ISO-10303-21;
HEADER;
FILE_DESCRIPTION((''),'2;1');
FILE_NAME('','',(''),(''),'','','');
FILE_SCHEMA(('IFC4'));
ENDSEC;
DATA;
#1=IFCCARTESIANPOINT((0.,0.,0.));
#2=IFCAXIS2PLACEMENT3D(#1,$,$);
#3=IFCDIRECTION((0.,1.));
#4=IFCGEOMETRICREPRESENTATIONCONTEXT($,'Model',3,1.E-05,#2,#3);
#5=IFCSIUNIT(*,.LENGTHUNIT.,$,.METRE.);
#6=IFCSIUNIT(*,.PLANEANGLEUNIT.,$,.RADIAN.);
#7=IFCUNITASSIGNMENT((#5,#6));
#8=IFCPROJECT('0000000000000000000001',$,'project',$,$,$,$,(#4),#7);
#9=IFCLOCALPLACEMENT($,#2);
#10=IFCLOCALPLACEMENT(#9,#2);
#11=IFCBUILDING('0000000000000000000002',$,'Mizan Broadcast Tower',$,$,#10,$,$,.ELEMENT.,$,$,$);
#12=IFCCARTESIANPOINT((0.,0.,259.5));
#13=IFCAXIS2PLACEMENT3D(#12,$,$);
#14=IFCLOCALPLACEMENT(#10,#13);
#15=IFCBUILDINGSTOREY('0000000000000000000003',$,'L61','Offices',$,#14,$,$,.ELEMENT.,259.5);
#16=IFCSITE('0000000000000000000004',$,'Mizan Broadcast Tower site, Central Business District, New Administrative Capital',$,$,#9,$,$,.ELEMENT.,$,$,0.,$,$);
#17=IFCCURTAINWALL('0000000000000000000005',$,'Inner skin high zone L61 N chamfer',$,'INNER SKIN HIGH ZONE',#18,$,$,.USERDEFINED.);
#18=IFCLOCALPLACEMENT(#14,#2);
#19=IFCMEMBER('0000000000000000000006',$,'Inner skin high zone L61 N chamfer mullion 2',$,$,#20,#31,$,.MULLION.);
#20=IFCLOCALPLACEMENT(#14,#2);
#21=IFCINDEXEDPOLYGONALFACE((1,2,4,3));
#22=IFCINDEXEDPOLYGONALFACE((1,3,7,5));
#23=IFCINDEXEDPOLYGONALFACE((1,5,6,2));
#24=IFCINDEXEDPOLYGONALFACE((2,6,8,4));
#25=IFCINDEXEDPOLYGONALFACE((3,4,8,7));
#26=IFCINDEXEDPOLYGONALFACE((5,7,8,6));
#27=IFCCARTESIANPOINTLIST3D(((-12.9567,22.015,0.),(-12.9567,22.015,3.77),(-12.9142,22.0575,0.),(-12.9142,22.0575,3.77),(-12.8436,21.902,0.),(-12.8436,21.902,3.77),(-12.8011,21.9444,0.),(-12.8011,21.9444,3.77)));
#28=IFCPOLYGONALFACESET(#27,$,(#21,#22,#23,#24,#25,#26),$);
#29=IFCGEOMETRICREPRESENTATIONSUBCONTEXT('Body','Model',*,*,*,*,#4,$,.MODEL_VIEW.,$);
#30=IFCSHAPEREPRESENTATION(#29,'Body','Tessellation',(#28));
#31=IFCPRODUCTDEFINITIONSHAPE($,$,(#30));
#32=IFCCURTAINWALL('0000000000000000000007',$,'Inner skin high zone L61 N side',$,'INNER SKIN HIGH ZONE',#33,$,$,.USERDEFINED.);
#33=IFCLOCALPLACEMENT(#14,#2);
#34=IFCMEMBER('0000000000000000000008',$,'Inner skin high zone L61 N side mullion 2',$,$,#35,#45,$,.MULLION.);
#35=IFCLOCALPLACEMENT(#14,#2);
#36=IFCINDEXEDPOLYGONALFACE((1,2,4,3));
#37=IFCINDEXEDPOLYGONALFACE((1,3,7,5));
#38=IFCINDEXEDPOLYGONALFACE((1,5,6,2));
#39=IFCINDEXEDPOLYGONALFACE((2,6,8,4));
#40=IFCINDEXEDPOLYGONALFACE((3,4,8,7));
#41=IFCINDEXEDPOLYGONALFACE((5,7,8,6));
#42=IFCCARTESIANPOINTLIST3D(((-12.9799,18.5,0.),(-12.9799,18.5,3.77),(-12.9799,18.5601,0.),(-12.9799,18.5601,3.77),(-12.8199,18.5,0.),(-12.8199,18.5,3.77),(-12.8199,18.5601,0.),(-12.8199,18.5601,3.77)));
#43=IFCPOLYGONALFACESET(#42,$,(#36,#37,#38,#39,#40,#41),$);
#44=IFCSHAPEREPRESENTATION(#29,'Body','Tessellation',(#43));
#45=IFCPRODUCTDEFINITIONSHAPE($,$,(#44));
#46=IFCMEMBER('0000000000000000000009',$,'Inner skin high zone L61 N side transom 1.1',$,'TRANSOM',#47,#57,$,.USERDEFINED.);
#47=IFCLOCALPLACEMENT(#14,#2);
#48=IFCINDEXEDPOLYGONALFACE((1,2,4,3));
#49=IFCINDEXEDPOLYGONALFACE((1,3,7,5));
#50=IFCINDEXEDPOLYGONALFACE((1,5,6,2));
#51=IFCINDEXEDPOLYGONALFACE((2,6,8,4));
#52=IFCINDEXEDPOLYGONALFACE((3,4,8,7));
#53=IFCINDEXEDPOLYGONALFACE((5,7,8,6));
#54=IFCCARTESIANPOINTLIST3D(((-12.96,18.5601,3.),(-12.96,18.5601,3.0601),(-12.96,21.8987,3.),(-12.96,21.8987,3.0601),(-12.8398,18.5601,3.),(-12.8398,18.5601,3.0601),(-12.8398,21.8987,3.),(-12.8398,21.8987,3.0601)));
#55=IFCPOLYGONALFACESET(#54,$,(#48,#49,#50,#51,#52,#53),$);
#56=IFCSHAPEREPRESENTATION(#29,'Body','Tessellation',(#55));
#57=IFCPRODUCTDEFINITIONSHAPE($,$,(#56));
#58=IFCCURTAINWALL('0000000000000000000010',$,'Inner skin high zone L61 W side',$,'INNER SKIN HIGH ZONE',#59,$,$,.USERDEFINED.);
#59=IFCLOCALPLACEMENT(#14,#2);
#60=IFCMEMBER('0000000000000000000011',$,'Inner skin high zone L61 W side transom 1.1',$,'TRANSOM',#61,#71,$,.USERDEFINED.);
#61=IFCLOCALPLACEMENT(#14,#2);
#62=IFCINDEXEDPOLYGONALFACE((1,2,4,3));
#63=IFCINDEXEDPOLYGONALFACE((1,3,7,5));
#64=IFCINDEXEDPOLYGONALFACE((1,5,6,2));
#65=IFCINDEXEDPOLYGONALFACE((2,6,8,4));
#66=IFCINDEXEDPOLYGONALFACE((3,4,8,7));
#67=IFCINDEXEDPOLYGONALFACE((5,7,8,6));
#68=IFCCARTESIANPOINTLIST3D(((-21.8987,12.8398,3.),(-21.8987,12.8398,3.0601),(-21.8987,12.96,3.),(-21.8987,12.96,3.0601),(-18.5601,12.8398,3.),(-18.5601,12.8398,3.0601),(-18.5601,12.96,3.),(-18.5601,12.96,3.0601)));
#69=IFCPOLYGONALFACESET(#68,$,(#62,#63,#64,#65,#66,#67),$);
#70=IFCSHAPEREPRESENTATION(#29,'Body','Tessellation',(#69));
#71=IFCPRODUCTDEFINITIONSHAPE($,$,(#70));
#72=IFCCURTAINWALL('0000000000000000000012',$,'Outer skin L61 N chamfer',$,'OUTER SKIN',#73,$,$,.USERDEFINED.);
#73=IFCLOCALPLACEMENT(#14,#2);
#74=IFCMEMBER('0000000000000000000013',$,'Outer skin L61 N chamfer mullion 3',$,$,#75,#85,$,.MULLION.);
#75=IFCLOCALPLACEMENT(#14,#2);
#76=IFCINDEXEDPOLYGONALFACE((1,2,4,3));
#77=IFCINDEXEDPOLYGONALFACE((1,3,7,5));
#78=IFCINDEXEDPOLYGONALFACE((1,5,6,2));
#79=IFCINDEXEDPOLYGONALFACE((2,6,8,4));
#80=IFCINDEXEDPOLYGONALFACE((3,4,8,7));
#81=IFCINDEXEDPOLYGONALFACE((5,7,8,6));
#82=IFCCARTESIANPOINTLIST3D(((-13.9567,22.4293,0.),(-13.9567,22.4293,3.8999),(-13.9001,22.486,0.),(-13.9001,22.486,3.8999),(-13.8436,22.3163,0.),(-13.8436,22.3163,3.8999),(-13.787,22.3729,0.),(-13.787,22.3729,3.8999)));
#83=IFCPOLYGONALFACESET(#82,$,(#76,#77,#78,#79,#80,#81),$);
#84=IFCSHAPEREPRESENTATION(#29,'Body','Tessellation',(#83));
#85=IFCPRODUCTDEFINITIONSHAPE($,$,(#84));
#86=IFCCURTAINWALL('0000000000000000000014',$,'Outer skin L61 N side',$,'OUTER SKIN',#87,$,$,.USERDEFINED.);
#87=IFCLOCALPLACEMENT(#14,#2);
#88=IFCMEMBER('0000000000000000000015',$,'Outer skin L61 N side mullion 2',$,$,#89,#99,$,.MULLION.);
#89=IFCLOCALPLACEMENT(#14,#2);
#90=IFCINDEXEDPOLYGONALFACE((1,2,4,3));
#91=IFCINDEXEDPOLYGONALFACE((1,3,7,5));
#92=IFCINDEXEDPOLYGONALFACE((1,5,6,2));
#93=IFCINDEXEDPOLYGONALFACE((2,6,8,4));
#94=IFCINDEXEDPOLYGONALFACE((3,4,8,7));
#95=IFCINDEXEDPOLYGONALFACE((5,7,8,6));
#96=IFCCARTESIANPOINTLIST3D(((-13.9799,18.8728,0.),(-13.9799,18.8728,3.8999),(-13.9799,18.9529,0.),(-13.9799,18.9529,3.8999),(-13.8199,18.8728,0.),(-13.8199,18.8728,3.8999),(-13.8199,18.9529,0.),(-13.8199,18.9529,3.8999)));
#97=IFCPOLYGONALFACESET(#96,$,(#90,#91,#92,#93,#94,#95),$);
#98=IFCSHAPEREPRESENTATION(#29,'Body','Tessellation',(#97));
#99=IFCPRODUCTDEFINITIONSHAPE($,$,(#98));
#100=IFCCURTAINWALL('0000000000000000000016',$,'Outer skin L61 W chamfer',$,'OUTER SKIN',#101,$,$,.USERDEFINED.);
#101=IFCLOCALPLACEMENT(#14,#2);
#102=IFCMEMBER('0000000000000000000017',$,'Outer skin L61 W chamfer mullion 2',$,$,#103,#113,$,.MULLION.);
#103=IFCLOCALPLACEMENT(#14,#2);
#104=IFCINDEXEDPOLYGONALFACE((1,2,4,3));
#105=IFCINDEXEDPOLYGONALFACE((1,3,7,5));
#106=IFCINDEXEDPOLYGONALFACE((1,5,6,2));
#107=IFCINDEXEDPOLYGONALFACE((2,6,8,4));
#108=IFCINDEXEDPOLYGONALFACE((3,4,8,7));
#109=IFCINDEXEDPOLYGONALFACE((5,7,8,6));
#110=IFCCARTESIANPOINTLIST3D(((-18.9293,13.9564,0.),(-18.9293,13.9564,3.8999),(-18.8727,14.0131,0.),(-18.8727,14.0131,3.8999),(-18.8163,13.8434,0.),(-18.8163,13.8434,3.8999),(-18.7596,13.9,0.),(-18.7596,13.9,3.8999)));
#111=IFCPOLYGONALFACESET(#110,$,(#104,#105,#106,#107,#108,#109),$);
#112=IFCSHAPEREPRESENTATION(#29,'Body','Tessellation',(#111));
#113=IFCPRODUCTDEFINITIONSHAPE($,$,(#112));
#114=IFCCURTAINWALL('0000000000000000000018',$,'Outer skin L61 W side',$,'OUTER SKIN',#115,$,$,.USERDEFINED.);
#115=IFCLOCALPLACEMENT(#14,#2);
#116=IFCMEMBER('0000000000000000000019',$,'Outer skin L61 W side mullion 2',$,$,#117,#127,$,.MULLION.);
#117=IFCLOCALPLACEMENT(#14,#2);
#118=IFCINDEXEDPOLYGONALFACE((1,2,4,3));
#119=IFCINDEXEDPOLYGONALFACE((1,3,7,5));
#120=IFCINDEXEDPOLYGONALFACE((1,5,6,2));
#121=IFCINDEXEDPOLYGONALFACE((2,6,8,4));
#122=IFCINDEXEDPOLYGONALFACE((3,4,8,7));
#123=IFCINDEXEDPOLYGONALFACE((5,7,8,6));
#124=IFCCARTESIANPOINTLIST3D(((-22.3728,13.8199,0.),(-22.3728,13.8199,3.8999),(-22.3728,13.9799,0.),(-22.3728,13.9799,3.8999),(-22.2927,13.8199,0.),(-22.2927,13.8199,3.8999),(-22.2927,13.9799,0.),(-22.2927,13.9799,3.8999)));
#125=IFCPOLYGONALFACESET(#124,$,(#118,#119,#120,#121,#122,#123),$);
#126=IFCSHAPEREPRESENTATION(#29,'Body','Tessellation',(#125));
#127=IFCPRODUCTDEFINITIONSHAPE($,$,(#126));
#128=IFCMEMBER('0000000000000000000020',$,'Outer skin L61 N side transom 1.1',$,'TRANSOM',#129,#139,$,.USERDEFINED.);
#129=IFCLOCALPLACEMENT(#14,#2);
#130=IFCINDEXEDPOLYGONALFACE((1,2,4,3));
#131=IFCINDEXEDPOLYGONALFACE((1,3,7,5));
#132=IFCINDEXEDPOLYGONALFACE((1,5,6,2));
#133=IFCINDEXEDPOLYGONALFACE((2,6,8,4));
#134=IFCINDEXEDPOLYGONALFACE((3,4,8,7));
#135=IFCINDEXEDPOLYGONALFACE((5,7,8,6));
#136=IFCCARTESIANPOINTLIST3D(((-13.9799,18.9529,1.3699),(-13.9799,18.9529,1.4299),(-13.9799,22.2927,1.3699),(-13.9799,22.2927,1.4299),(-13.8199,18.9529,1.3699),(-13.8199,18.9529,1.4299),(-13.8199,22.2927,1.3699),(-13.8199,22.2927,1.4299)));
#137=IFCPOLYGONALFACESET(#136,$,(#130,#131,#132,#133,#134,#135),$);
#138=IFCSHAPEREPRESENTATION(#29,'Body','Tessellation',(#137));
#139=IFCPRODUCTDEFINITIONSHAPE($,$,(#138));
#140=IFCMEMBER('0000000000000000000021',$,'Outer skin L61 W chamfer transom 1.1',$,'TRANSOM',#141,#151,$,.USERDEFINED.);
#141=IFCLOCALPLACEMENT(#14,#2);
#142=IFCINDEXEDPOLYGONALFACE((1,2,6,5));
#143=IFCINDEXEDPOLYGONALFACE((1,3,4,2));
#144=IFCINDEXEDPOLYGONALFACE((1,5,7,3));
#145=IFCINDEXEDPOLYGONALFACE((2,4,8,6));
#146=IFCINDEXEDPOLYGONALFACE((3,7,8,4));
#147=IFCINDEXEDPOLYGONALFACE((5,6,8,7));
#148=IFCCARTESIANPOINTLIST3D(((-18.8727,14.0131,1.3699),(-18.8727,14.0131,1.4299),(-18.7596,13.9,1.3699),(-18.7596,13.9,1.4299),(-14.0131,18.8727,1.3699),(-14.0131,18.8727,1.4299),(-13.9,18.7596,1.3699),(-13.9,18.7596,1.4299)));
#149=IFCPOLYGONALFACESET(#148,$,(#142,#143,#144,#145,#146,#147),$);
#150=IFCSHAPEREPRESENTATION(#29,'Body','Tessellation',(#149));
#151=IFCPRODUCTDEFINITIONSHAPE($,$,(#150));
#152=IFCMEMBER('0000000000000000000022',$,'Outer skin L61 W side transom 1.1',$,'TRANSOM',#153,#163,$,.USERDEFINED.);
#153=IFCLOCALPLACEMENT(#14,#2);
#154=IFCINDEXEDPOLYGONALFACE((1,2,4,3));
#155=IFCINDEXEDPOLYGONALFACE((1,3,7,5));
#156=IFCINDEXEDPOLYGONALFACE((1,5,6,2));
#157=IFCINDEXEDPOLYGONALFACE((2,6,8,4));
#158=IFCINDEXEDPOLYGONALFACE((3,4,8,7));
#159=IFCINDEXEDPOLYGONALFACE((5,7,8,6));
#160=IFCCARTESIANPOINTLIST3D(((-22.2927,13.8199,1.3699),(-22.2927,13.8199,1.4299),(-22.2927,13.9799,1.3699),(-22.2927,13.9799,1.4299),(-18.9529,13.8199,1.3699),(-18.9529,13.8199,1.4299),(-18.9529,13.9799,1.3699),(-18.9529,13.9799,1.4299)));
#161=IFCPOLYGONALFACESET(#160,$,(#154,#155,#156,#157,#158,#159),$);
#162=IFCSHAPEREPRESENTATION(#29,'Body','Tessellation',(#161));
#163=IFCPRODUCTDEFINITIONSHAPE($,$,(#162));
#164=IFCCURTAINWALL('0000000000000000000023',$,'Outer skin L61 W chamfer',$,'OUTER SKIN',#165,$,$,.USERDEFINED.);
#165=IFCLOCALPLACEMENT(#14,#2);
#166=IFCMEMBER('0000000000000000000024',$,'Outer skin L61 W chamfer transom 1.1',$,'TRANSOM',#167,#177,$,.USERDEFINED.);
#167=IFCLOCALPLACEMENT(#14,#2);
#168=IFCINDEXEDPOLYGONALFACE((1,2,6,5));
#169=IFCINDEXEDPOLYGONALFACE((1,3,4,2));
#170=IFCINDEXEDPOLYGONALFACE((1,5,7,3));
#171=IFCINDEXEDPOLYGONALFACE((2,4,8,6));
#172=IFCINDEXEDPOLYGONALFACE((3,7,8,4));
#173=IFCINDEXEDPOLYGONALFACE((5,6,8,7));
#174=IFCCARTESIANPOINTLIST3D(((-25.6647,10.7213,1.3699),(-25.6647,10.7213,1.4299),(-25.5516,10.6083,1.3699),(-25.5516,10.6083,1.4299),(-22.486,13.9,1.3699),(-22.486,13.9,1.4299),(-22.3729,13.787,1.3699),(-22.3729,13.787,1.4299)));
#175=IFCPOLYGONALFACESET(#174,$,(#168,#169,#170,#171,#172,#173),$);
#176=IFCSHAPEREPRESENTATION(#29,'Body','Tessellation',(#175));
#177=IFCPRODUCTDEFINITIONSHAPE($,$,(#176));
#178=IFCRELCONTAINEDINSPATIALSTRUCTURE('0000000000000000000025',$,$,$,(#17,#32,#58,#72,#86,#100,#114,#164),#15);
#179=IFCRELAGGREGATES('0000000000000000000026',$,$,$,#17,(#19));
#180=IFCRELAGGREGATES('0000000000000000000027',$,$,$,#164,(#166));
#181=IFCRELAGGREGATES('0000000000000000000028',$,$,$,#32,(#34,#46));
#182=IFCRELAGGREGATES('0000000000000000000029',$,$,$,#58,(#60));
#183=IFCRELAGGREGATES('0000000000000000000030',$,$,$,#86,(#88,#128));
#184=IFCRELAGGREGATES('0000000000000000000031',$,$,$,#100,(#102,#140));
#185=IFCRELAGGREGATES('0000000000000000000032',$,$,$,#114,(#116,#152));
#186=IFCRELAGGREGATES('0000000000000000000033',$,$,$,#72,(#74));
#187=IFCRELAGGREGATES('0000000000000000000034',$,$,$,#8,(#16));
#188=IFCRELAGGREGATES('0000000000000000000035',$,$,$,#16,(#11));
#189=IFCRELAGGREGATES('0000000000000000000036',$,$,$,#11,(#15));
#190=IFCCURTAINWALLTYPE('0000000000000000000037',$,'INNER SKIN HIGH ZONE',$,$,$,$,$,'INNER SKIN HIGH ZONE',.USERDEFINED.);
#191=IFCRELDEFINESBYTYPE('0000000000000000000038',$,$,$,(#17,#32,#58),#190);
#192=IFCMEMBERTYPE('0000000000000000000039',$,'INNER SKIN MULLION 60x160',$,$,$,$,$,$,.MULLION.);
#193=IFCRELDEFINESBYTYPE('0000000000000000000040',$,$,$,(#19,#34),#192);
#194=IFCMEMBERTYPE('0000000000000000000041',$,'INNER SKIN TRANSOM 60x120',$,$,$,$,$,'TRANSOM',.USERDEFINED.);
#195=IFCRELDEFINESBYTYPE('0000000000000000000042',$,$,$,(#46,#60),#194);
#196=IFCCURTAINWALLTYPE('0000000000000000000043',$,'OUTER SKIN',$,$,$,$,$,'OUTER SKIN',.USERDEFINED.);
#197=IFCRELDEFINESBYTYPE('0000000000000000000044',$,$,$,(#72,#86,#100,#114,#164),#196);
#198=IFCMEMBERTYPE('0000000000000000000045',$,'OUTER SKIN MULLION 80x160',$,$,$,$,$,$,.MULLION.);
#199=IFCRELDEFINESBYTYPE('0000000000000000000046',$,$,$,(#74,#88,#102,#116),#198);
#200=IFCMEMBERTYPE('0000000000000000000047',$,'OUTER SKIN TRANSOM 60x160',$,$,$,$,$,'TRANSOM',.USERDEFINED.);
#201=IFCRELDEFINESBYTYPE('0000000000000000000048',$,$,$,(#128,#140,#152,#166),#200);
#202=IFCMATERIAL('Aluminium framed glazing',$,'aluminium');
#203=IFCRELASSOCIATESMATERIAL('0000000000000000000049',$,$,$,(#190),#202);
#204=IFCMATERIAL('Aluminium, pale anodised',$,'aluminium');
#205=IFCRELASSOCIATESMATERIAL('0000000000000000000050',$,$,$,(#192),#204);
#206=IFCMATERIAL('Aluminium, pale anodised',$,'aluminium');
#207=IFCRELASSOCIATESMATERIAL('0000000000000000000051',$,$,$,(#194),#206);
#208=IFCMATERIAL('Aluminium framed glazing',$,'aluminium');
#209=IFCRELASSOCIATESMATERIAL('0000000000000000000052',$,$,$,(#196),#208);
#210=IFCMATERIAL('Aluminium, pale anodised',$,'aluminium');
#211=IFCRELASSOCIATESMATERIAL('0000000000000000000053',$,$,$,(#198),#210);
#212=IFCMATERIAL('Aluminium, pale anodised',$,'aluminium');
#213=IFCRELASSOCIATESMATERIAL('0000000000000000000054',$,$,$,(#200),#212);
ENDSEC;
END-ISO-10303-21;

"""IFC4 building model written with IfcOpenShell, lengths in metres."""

from ifc_helpers import new_model, si_unit, direction, frame, origin, origin_2d, place, context, subcontext, project, spatial, rectangle, extrude, material, material_profile, profile_set, type_object, element, aggregate, save


model = new_model("IFC4")

# Units and contexts
model_context = context("Model", 3, precision=1e-05, world=origin(), true_north=direction((0.0, 1.0)))
body_context = subcontext(model_context, "Body", "Model", "MODEL_VIEW")
ifc_project = project(units=[si_unit("LENGTHUNIT", "METRE"), si_unit("PLANEANGLEUNIT", "RADIAN")], contexts=[model_context])

# Site, building, storey
site_placement = place(None, origin())
site = spatial("IfcSite", under=ifc_project, at=site_placement, Name="Mizan Broadcast Tower site, Central Business District, New Administrative Capital", CompositionType="ELEMENT", RefElevation=0.0)
building_placement = place(site_placement, origin())
building = spatial("IfcBuilding", under=site, at=building_placement, Name="Mizan Broadcast Tower", CompositionType="ELEMENT")
storey_placement = place(building_placement, frame((0.0, 0.0, 259.5)))
storey = spatial("IfcBuildingStorey", under=building, at=storey_placement, Name="L61", Description="Offices", CompositionType="ELEMENT", Elevation=259.5)

# Curtain wall, member
ifc_material_1 = material(Name="Aluminium framed glazing", Category="aluminium")
curtain_wall_type_1 = type_object("IfcCurtainWallType", Name="INNER SKIN HIGH ZONE", ElementType="INNER SKIN HIGH ZONE", PredefinedType="USERDEFINED", material=ifc_material_1)
curtain_wall_1_placement = place(storey_placement, origin())
curtain_wall_1 = element("IfcCurtainWall", 1, at=curtain_wall_1_placement, inside=storey, type_object=curtain_wall_type_1, Name="Inner skin high zone L61 N chamfer", ObjectType="INNER SKIN HIGH ZONE", PredefinedType="USERDEFINED")
ifc_material_2 = material(Name="Aluminium, pale anodised", Category="aluminium")
ifc_material_profile_1 = material_profile(ifc_material_2, rectangle(XDim=0.1599, YDim=0.0601, at=origin_2d()), Name="MULLION 160x60")
ifc_profile_set_1 = profile_set([ifc_material_profile_1], Name="Aluminium, pale anodised")
member_type_1 = type_object("IfcMemberType", Name="INNER SKIN MULLION 60x160", PredefinedType="MULLION", material=ifc_profile_set_1)
member_1_placement = place(storey_placement, frame((-12.8789, 21.9797, 0.0), z_axis=(0.0, 0.0, 1.0), x_axis=(0.707107, -0.707107, 0.0)))
member_1 = element("IfcMember", 2, at=member_1_placement, type_object=member_type_1, Name="Inner skin high zone L61 N chamfer mullion 2", PredefinedType="MULLION", context=body_context, shape_type="SweptSolid", body=[
    extrude(rectangle(XDim=0.1599, YDim=0.0601, at=origin_2d()), origin(), (0.0, 0.0, 1.0), 3.77),
])
aggregate(curtain_wall_1, [member_1])

# Curtain wall, members
curtain_wall_2_placement = place(storey_placement, origin())
curtain_wall_2 = element("IfcCurtainWall", 3, at=curtain_wall_2_placement, inside=storey, type_object=curtain_wall_type_1, Name="Inner skin high zone L61 N side", ObjectType="INNER SKIN HIGH ZONE", PredefinedType="USERDEFINED")
member_2_placement = place(storey_placement, frame((-12.8999, 18.53, 0.0), z_axis=(0.0, 0.0, 1.0), x_axis=(1.0, 0.0, 0.0)))
member_2 = element("IfcMember", 4, at=member_2_placement, type_object=member_type_1, Name="Inner skin high zone L61 N side mullion 2", PredefinedType="MULLION", context=body_context, shape_type="SweptSolid", body=[
    extrude(rectangle(XDim=0.1599, YDim=0.0601, at=origin_2d()), origin(), (0.0, 0.0, 1.0), 3.77),
])
ifc_material_3 = material(Name="Aluminium, pale anodised", Category="aluminium")
ifc_material_profile_2 = material_profile(ifc_material_3, rectangle(XDim=0.1201, YDim=0.0601, at=origin_2d()), Name="TRANSOM 120x60")
ifc_profile_set_2 = profile_set([ifc_material_profile_2], Name="Aluminium, pale anodised")
member_type_2 = type_object("IfcMemberType", Name="INNER SKIN TRANSOM 60x120", ElementType="TRANSOM", PredefinedType="USERDEFINED", material=ifc_profile_set_2)
member_3_placement = place(storey_placement, frame((-12.8999, 21.8987, 3.03), z_axis=(0.0, -1.0, 0.0), x_axis=(1.0, 0.0, 0.0)))
member_3 = element("IfcMember", 5, at=member_3_placement, type_object=member_type_2, Name="Inner skin high zone L61 N side transom 1.1", ObjectType="TRANSOM", PredefinedType="USERDEFINED", context=body_context, shape_type="SweptSolid", body=[
    extrude(rectangle(XDim=0.1201, YDim=0.0601, at=origin_2d()), origin(), (0.0, 0.0, 1.0), 3.3386),
])

# Curtain walls, members
curtain_wall_3_placement = place(storey_placement, origin())
curtain_wall_3 = element("IfcCurtainWall", 6, at=curtain_wall_3_placement, inside=storey, type_object=curtain_wall_type_1, Name="Inner skin high zone L61 W side", ObjectType="INNER SKIN HIGH ZONE", PredefinedType="USERDEFINED")
member_4_placement = place(storey_placement, frame((-18.5601, 12.8999, 3.03), z_axis=(-1.0, 0.0, 0.0), x_axis=(0.0, -1.0, 0.0)))
member_4 = element("IfcMember", 7, at=member_4_placement, type_object=member_type_2, Name="Inner skin high zone L61 W side transom 1.1", ObjectType="TRANSOM", PredefinedType="USERDEFINED", context=body_context, shape_type="SweptSolid", body=[
    extrude(rectangle(XDim=0.1201, YDim=0.0601, at=origin_2d()), origin(), (0.0, 0.0, 1.0), 3.3386),
])
ifc_material_4 = material(Name="Aluminium framed glazing", Category="aluminium")
curtain_wall_type_2 = type_object("IfcCurtainWallType", Name="OUTER SKIN", ElementType="OUTER SKIN", PredefinedType="USERDEFINED", material=ifc_material_4)
curtain_wall_4_placement = place(storey_placement, origin())
curtain_wall_4 = element("IfcCurtainWall", 8, at=curtain_wall_4_placement, inside=storey, type_object=curtain_wall_type_2, Name="Outer skin L61 N chamfer", ObjectType="OUTER SKIN", PredefinedType="USERDEFINED")
ifc_material_5 = material(Name="Aluminium, pale anodised", Category="aluminium")
ifc_material_profile_3 = material_profile(ifc_material_5, rectangle(XDim=0.1599, YDim=0.0801, at=origin_2d()), Name="MULLION 160x80")
ifc_profile_set_3 = profile_set([ifc_material_profile_3], Name="Aluminium, pale anodised")
member_type_3 = type_object("IfcMemberType", Name="OUTER SKIN MULLION 80x160", PredefinedType="MULLION", material=ifc_profile_set_3)
member_5_placement = place(storey_placement, frame((-13.8718, 22.4011, 0.0), z_axis=(0.0, 0.0, 1.0), x_axis=(0.707107, -0.707107, 0.0)))
member_5 = element("IfcMember", 9, at=member_5_placement, type_object=member_type_3, Name="Outer skin L61 N chamfer mullion 3", PredefinedType="MULLION", context=body_context, shape_type="SweptSolid", body=[
    extrude(rectangle(XDim=0.1599, YDim=0.0801, at=origin_2d()), origin(), (0.0, 0.0, 1.0), 3.8999),
])
curtain_wall_5_placement = place(storey_placement, origin())
curtain_wall_5 = element("IfcCurtainWall", 10, at=curtain_wall_5_placement, inside=storey, type_object=curtain_wall_type_2, Name="Outer skin L61 N side", ObjectType="OUTER SKIN", PredefinedType="USERDEFINED")
member_6_placement = place(storey_placement, frame((-13.8999, 18.9128, 0.0), z_axis=(0.0, 0.0, 1.0), x_axis=(1.0, 0.0, 0.0)))
member_6 = element("IfcMember", 11, at=member_6_placement, type_object=member_type_3, Name="Outer skin L61 N side mullion 2", PredefinedType="MULLION", context=body_context, shape_type="SweptSolid", body=[
    extrude(rectangle(XDim=0.1599, YDim=0.0801, at=origin_2d()), origin(), (0.0, 0.0, 1.0), 3.8999),
])
curtain_wall_6_placement = place(storey_placement, origin())
curtain_wall_6 = element("IfcCurtainWall", 12, at=curtain_wall_6_placement, inside=storey, type_object=curtain_wall_type_2, Name="Outer skin L61 W chamfer", ObjectType="OUTER SKIN", PredefinedType="USERDEFINED")
member_7_placement = place(storey_placement, frame((-18.8445, 13.9282, 0.0), z_axis=(0.0, 0.0, 1.0), x_axis=(0.707107, -0.707107, 0.0)))
member_7 = element("IfcMember", 13, at=member_7_placement, type_object=member_type_3, Name="Outer skin L61 W chamfer mullion 2", PredefinedType="MULLION", context=body_context, shape_type="SweptSolid", body=[
    extrude(rectangle(XDim=0.1599, YDim=0.0801, at=origin_2d()), origin(), (0.0, 0.0, 1.0), 3.8999),
])
curtain_wall_7_placement = place(storey_placement, origin())
curtain_wall_7 = element("IfcCurtainWall", 14, at=curtain_wall_7_placement, inside=storey, type_object=curtain_wall_type_2, Name="Outer skin L61 W side", ObjectType="OUTER SKIN", PredefinedType="USERDEFINED")
member_8_placement = place(storey_placement, frame((-22.3328, 13.8999, 0.0), z_axis=(0.0, 0.0, 1.0), x_axis=(0.0, -1.0, 0.0)))
member_8 = element("IfcMember", 15, at=member_8_placement, type_object=member_type_3, Name="Outer skin L61 W side mullion 2", PredefinedType="MULLION", context=body_context, shape_type="SweptSolid", body=[
    extrude(rectangle(XDim=0.1599, YDim=0.0801, at=origin_2d()), origin(), (0.0, 0.0, 1.0), 3.8999),
])

# Members
ifc_material_6 = material(Name="Aluminium, pale anodised", Category="aluminium")
ifc_material_profile_4 = material_profile(ifc_material_6, rectangle(XDim=0.1599, YDim=0.0601, at=origin_2d()), Name="TRANSOM 160x60")
ifc_profile_set_4 = profile_set([ifc_material_profile_4], Name="Aluminium, pale anodised")
member_type_4 = type_object("IfcMemberType", Name="OUTER SKIN TRANSOM 60x160", ElementType="TRANSOM", PredefinedType="USERDEFINED", material=ifc_profile_set_4)
member_9_placement = place(storey_placement, frame((-13.8999, 22.2927, 1.3999), z_axis=(0.0, -1.0, 0.0), x_axis=(1.0, 0.0, 0.0)))
member_9 = element("IfcMember", 16, at=member_9_placement, type_object=member_type_4, Name="Outer skin L61 N side transom 1.1", ObjectType="TRANSOM", PredefinedType="USERDEFINED", context=body_context, shape_type="SweptSolid", body=[
    extrude(rectangle(XDim=0.1599, YDim=0.0601, at=origin_2d()), origin(), (0.0, 0.0, 1.0), 3.3398),
])
member_10_placement = place(storey_placement, frame((-13.9565, 18.8162, 1.3999), z_axis=(-0.707107, -0.707107, 0.0), x_axis=(0.707107, -0.707107, 0.0)))
member_10 = element("IfcMember", 17, at=member_10_placement, type_object=member_type_4, Name="Outer skin L61 W chamfer transom 1.1", ObjectType="TRANSOM", PredefinedType="USERDEFINED", context=body_context, shape_type="SweptSolid", body=[
    extrude(rectangle(XDim=0.1599, YDim=0.0601, at=origin_2d()), origin(), (0.0, 0.0, 1.0), 6.8726),
])
member_11_placement = place(storey_placement, frame((-18.9529, 13.8999, 1.3999), z_axis=(-1.0, 0.0, 0.0), x_axis=(0.0, -1.0, 0.0)))
member_11 = element("IfcMember", 18, at=member_11_placement, type_object=member_type_4, Name="Outer skin L61 W side transom 1.1", ObjectType="TRANSOM", PredefinedType="USERDEFINED", context=body_context, shape_type="SweptSolid", body=[
    extrude(rectangle(XDim=0.1599, YDim=0.0601, at=origin_2d()), origin(), (0.0, 0.0, 1.0), 3.3398),
])

# Curtain wall, member
curtain_wall_8_placement = place(storey_placement, origin())
curtain_wall_8 = element("IfcCurtainWall", 19, at=curtain_wall_8_placement, inside=storey, type_object=curtain_wall_type_2, Name="Outer skin L61 W chamfer", ObjectType="OUTER SKIN", PredefinedType="USERDEFINED")
member_12_placement = place(storey_placement, frame((-22.4294, 13.8435, 1.3999), z_axis=(-0.707107, -0.707107, 0.0), x_axis=(0.707107, -0.707107, 0.0)))
member_12 = element("IfcMember", 20, at=member_12_placement, type_object=member_type_4, Name="Outer skin L61 W chamfer transom 1.1", ObjectType="TRANSOM", PredefinedType="USERDEFINED", context=body_context, shape_type="SweptSolid", body=[
    extrude(rectangle(XDim=0.1599, YDim=0.0601, at=origin_2d()), origin(), (0.0, 0.0, 1.0), 4.4954),
])
aggregate(curtain_wall_8, [member_12])

aggregate(curtain_wall_2, [member_2, member_3])
aggregate(curtain_wall_3, [member_4])
aggregate(curtain_wall_5, [member_6, member_9])
aggregate(curtain_wall_6, [member_7, member_10])
aggregate(curtain_wall_7, [member_8, member_11])
aggregate(curtain_wall_4, [member_5])

save(model, "model.ifc")
